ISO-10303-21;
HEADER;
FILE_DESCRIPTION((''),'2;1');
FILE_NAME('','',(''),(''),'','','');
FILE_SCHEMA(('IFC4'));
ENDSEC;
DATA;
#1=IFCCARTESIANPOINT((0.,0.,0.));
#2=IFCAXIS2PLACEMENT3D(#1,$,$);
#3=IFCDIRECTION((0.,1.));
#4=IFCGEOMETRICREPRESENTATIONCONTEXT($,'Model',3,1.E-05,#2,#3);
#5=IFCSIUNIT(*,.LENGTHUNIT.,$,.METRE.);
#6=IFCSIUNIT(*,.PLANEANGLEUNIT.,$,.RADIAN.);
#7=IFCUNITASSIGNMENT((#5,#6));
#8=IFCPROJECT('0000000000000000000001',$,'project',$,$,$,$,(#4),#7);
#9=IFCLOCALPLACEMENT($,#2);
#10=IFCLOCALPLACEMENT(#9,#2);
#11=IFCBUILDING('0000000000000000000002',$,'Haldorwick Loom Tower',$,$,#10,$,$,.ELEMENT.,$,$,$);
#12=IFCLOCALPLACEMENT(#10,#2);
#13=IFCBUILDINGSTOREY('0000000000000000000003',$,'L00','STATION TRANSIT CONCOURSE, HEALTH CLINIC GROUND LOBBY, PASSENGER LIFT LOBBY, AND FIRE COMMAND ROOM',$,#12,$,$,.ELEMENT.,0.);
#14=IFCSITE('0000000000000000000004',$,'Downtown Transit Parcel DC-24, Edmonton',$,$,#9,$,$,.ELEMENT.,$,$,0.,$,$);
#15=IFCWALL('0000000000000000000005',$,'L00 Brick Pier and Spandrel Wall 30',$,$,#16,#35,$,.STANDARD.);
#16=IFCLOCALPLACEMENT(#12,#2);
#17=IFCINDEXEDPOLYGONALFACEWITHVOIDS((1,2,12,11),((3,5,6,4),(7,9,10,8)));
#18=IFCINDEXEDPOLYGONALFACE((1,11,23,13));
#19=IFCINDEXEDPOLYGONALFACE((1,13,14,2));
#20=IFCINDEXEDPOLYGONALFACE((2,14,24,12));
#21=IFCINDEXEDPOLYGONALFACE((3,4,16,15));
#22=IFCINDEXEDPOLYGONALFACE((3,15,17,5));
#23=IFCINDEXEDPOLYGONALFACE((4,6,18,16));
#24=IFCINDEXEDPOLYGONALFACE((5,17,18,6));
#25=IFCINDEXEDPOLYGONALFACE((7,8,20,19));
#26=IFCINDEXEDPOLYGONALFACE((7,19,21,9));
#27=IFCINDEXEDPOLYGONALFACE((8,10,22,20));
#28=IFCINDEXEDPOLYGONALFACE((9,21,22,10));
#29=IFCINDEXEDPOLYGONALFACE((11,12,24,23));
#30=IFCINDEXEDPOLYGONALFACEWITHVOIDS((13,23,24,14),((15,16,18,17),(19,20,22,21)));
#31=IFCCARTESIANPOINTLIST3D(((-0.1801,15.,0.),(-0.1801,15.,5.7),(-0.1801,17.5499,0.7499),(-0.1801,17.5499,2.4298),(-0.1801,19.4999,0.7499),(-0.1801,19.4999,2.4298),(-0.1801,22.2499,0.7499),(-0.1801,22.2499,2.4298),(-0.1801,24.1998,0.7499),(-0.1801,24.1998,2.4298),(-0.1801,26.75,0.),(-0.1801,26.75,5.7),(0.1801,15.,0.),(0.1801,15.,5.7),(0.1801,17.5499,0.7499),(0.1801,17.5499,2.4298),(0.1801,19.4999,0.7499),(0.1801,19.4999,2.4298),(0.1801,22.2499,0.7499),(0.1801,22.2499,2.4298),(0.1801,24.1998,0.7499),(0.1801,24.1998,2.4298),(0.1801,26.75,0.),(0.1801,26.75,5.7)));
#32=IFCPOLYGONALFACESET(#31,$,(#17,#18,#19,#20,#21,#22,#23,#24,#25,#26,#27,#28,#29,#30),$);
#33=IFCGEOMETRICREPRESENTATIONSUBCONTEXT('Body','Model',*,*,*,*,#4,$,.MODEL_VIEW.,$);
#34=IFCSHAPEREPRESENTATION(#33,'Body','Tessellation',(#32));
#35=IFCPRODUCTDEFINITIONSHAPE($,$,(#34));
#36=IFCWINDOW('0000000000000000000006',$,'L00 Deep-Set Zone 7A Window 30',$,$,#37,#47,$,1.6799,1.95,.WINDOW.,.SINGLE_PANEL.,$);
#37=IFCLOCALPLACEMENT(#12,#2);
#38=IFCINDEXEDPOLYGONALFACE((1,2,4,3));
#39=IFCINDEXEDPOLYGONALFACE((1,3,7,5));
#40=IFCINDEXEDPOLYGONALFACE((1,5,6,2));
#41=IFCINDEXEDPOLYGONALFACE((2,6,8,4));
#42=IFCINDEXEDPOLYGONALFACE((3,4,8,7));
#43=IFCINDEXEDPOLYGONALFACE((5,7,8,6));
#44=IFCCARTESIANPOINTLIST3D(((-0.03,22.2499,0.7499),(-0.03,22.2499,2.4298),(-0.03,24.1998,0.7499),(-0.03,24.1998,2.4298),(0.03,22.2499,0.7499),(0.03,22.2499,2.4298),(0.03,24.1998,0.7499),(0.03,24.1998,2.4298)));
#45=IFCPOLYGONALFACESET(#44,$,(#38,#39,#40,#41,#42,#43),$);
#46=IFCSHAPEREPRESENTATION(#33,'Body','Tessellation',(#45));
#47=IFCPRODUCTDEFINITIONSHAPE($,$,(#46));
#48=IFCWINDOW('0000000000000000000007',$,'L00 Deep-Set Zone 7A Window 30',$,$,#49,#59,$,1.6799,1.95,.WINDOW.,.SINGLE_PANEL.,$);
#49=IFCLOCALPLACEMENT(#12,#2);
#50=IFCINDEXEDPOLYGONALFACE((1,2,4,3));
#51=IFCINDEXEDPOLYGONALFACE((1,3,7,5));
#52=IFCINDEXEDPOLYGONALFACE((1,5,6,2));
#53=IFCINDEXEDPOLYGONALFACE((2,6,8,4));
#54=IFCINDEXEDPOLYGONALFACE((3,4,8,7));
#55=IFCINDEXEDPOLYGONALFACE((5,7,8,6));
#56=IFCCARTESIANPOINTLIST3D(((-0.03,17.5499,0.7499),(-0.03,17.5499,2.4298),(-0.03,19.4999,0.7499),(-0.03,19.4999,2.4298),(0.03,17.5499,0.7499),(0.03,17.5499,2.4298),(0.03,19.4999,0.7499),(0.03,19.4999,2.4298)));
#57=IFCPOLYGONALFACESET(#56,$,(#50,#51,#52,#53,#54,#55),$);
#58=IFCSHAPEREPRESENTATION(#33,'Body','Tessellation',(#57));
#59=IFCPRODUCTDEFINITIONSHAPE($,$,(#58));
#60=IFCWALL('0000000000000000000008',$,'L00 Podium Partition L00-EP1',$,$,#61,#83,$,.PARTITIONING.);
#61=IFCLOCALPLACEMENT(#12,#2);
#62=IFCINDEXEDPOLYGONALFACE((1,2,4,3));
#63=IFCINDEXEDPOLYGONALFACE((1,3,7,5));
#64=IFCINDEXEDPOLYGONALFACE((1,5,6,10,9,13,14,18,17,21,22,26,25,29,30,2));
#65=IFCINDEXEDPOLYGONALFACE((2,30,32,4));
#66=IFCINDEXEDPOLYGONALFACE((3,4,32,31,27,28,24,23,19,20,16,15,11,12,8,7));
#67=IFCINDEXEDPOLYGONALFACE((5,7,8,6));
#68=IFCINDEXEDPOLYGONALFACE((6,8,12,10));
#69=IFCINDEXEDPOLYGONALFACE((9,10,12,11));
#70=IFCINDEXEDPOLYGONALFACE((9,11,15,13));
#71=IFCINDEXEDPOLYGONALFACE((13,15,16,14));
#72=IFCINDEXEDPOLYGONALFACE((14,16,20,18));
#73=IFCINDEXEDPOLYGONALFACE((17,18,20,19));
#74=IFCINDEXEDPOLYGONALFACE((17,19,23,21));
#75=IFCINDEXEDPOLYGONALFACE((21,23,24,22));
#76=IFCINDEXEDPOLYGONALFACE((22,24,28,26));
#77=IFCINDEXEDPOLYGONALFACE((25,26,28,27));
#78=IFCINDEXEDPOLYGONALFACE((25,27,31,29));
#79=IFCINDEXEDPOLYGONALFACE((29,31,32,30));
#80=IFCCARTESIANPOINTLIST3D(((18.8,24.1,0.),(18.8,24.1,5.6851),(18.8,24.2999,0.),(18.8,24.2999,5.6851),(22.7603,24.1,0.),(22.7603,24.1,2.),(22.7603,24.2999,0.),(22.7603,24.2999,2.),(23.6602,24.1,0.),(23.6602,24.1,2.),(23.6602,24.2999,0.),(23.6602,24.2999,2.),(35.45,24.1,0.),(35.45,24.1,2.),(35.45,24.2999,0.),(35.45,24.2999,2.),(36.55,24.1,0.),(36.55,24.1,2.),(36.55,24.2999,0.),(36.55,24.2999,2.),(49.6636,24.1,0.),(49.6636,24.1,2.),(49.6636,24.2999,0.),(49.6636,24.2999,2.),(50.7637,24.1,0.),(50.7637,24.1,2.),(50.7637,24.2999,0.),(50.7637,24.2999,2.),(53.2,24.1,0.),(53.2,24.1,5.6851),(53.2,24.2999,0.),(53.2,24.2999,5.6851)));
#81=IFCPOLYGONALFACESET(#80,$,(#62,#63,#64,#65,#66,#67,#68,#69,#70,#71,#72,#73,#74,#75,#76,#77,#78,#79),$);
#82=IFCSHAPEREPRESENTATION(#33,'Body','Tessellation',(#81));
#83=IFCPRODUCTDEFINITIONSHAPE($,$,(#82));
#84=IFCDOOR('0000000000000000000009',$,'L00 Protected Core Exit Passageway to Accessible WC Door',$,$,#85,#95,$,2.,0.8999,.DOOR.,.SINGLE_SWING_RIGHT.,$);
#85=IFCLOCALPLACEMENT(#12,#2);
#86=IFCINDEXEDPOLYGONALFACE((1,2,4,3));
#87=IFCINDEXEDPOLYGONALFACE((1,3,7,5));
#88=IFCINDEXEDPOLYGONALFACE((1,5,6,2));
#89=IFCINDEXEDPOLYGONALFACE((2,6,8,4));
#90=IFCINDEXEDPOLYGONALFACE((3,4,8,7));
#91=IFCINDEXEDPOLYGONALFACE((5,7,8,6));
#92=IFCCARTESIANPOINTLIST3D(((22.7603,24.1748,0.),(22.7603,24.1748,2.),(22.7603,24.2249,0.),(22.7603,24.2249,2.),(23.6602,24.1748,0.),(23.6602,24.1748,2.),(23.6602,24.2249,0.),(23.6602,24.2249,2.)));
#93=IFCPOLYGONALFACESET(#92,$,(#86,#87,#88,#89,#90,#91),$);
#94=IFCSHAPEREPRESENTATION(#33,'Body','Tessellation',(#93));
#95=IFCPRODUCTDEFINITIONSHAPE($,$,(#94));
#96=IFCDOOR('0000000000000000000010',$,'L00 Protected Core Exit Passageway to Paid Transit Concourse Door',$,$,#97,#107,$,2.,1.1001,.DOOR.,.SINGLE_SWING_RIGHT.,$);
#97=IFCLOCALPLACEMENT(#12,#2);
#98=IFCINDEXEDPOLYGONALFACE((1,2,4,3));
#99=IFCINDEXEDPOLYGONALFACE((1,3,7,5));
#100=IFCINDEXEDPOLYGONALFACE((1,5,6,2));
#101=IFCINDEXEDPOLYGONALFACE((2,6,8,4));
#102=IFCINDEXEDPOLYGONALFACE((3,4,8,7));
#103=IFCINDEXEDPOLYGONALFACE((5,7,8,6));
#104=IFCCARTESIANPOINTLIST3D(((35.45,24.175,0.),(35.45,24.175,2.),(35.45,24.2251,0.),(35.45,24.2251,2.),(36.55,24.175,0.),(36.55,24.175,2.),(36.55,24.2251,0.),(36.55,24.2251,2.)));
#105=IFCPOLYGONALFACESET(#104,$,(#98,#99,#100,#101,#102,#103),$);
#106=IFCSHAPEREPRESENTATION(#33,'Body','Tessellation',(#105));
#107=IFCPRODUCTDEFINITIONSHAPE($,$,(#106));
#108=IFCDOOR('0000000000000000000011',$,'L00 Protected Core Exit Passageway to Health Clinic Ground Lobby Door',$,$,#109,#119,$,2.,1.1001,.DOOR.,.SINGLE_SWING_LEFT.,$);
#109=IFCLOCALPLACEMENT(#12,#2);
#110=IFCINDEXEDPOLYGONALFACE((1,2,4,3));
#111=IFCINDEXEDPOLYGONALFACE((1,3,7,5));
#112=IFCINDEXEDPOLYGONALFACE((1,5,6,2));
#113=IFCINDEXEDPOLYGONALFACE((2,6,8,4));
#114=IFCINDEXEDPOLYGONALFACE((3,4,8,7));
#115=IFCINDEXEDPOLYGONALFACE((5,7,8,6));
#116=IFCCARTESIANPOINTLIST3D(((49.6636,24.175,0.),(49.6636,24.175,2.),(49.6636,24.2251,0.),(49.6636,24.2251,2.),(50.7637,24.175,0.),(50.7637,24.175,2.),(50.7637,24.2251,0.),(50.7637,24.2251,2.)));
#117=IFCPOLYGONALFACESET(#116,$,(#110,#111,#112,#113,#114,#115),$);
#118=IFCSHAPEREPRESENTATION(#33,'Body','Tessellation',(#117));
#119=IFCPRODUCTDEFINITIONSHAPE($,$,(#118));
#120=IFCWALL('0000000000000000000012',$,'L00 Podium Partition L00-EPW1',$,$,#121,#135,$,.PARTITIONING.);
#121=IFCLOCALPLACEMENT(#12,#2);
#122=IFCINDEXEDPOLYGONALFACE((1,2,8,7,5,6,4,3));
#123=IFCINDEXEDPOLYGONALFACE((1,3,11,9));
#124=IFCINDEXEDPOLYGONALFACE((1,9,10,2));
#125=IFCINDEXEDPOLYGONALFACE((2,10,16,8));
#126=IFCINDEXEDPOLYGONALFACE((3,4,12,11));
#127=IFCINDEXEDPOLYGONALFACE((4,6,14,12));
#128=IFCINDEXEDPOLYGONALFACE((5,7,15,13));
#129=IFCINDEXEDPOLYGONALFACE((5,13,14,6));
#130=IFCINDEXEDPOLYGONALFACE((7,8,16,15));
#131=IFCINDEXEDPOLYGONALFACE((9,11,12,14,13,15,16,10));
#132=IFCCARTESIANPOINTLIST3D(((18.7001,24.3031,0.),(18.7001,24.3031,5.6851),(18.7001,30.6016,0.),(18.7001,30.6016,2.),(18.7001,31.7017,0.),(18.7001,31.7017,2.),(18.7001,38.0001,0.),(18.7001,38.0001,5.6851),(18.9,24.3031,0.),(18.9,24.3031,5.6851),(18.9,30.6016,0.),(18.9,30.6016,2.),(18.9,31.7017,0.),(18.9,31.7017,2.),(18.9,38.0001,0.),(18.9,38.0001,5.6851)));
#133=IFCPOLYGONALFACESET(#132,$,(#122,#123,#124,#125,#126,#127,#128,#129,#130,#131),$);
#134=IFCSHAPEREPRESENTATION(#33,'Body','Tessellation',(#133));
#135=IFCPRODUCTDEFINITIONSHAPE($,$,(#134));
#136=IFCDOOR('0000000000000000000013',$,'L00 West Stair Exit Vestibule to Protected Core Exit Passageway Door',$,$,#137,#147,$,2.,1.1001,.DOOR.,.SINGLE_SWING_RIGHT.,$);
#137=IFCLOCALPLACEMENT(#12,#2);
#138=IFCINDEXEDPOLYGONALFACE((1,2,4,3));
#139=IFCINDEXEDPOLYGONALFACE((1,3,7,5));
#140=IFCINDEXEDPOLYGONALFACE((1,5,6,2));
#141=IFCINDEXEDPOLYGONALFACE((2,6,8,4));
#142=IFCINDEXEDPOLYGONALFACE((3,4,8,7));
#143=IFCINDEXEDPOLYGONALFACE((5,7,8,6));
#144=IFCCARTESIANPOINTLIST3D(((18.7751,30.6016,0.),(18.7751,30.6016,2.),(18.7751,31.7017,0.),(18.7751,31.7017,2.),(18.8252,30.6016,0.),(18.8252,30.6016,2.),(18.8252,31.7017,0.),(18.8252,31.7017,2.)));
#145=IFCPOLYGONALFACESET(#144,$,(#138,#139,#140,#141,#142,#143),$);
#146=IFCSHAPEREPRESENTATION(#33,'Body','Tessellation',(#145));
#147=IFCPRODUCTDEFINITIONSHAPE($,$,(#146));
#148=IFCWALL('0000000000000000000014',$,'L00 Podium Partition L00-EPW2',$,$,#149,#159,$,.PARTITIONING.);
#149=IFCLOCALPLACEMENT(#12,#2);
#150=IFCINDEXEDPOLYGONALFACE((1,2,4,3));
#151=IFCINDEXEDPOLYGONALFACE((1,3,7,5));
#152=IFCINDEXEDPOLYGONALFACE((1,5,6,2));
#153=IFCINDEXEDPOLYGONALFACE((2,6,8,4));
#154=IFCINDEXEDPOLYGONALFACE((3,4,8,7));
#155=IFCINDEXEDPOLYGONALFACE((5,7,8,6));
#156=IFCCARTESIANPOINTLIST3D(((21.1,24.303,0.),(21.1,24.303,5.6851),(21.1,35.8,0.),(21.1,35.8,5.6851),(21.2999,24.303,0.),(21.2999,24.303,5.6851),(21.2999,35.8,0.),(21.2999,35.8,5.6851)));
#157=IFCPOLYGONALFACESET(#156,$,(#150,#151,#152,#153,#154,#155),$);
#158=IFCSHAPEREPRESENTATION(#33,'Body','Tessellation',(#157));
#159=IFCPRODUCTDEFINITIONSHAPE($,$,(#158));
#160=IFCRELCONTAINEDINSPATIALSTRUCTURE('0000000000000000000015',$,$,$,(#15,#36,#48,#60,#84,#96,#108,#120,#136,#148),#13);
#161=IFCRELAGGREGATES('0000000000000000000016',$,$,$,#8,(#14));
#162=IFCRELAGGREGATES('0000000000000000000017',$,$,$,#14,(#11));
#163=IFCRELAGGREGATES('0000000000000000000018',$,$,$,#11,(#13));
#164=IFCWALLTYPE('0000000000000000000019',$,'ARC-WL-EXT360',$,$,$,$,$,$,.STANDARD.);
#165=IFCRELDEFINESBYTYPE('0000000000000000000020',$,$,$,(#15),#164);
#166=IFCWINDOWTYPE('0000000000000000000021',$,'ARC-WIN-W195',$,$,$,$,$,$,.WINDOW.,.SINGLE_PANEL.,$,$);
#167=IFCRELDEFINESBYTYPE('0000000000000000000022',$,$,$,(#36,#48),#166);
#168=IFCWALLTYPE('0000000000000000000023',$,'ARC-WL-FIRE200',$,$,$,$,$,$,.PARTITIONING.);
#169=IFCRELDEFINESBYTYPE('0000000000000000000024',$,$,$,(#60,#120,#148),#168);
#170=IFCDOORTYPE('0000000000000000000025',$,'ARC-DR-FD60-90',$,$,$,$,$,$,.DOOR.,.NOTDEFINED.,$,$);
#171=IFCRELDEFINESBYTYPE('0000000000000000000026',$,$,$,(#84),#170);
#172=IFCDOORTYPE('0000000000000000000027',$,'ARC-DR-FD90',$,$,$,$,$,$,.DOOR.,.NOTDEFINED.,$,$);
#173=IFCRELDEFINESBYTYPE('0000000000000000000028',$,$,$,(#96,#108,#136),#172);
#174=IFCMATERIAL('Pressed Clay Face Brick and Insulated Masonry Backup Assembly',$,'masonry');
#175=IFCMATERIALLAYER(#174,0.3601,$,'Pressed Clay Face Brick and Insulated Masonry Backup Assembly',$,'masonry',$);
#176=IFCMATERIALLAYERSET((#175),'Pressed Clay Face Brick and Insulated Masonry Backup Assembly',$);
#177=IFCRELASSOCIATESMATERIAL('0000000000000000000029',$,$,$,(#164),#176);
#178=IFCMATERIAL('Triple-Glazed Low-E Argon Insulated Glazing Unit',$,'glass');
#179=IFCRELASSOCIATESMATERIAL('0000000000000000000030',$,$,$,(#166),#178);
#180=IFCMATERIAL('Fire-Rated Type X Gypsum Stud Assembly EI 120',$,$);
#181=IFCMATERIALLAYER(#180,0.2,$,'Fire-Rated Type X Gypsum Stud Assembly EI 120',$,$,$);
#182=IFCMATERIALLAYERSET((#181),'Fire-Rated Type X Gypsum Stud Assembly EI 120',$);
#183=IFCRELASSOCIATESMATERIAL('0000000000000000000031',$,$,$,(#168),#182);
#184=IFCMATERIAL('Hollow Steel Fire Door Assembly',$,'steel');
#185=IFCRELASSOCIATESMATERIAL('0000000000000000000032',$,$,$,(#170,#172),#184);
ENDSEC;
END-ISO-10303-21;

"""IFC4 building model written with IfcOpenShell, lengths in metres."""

from ifc_helpers import new_model, si_unit, direction, frame, frame_2d, origin, place, context, subcontext, project, spatial, rectangle, extrude, material, layer, layer_set, type_object, element, fill, save


model = new_model("IFC4")

# Units and contexts
model_context = context("Model", 3, precision=1e-05, world=origin(), true_north=direction((0.0, 1.0)))
body_context = subcontext(model_context, "Body", "Model", "MODEL_VIEW")
ifc_project = project(units=[si_unit("LENGTHUNIT", "METRE"), si_unit("PLANEANGLEUNIT", "RADIAN")], contexts=[model_context])

# Site, building, storey
site_placement = place(None, origin())
site = spatial("IfcSite", under=ifc_project, at=site_placement, Name="Downtown Transit Parcel DC-24, Edmonton", CompositionType="ELEMENT", RefElevation=0.0)
building_placement = place(site_placement, origin())
building = spatial("IfcBuilding", under=site, at=building_placement, Name="Haldorwick Loom Tower", CompositionType="ELEMENT")
storey_placement = place(building_placement, origin())
storey = spatial("IfcBuildingStorey", under=building, at=storey_placement, Name="L00", Description="STATION TRANSIT CONCOURSE, HEALTH CLINIC GROUND LOBBY, PASSENGER LIFT LOBBY, AND FIRE COMMAND ROOM", CompositionType="ELEMENT", Elevation=0.0)

# Wall, openings, windows
ifc_material_1 = material(Name="Pressed Clay Face Brick and Insulated Masonry Backup Assembly", Category="masonry")
ifc_layer_1 = layer(ifc_material_1, 0.3601, Name="Pressed Clay Face Brick and Insulated Masonry Backup Assembly", Category="masonry")
ifc_layer_set_1 = layer_set([ifc_layer_1], Name="Pressed Clay Face Brick and Insulated Masonry Backup Assembly")
wall_type_1 = type_object("IfcWallType", Name="ARC-WL-EXT360", PredefinedType="STANDARD", material=ifc_layer_set_1)
ifc_material_2 = material(Name="Triple-Glazed Low-E Argon Insulated Glazing Unit", Category="glass")
window_type = type_object("IfcWindowType", Name="ARC-WIN-W195", PartitioningType="SINGLE_PANEL", PredefinedType="WINDOW", material=ifc_material_2)
wall_1_placement = place(storey_placement, frame((0.0, 26.75, 0.0), z_axis=(0.0, 0.0, 1.0), x_axis=(0.0, -1.0, 0.0)))
wall_1 = element("IfcWall", 1, at=wall_1_placement, inside=storey, type_object=wall_type_1, Name="L00 Brick Pier and Spandrel Wall 30", PredefinedType="STANDARD", context=body_context, shape_type="SweptSolid", body=[
    extrude(rectangle(XDim=11.75, YDim=0.3601, at=frame_2d((5.875, 0.0))), origin(), (0.0, 0.0, 1.0), 5.7),
])
opening_1_placement = place(wall_1_placement, frame((2.55, 0.0, 0.75)))
opening_1 = element("IfcOpeningElement", 2, at=opening_1_placement, cuts=wall_1, PredefinedType="OPENING", context=body_context, shape_type="SweptSolid", body=[
    extrude(rectangle(XDim=1.95, YDim=1.6799, at=frame_2d((0.9751, 0.8398))), frame((0.0, 0.1899, 0.0), z_axis=(0.0, -1.0, 0.0), x_axis=(1.0, 0.0, 0.0)), (0.0, 0.0, 1.0), 0.3801),
])
opening_2_placement = place(wall_1_placement, frame((7.25, 0.0, 0.75)))
opening_2 = element("IfcOpeningElement", 3, at=opening_2_placement, cuts=wall_1, PredefinedType="OPENING", context=body_context, shape_type="SweptSolid", body=[
    extrude(rectangle(XDim=1.95, YDim=1.6799, at=frame_2d((0.9751, 0.8398))), frame((0.0, 0.1899, 0.0), z_axis=(0.0, -1.0, 0.0), x_axis=(1.0, 0.0, 0.0)), (0.0, 0.0, 1.0), 0.3801),
])
window_1_placement = place(opening_1_placement, origin())
window_1 = element("IfcWindow", 4, at=window_1_placement, inside=storey, type_object=window_type, Name="L00 Deep-Set Zone 7A Window 30", OverallHeight=1.6799, OverallWidth=1.95, PartitioningType="SINGLE_PANEL", PredefinedType="WINDOW", context=body_context, shape_type="SweptSolid", body=[
    extrude(rectangle(XDim=1.95, YDim=1.6799, at=frame_2d((0.9751, 0.8398))), frame((0.0, 0.03, 0.0), z_axis=(0.0, -1.0, 0.0), x_axis=(1.0, 0.0, 0.0)), (0.0, 0.0, 1.0), 0.0601),
])
fill(opening_1, window_1)
window_2_placement = place(opening_2_placement, origin())
window_2 = element("IfcWindow", 5, at=window_2_placement, inside=storey, type_object=window_type, Name="L00 Deep-Set Zone 7A Window 30", OverallHeight=1.6799, OverallWidth=1.95, PartitioningType="SINGLE_PANEL", PredefinedType="WINDOW", context=body_context, shape_type="SweptSolid", body=[
    extrude(rectangle(XDim=1.95, YDim=1.6799, at=frame_2d((0.9751, 0.8398))), frame((0.0, 0.03, 0.0), z_axis=(0.0, -1.0, 0.0), x_axis=(1.0, 0.0, 0.0)), (0.0, 0.0, 1.0), 0.0601),
])
fill(opening_2, window_2)

# Wall, openings, doors
ifc_material_3 = material(Name="Fire-Rated Type X Gypsum Stud Assembly EI 120")
ifc_layer_2 = layer(ifc_material_3, 0.2, Name="Fire-Rated Type X Gypsum Stud Assembly EI 120")
ifc_layer_set_2 = layer_set([ifc_layer_2], Name="Fire-Rated Type X Gypsum Stud Assembly EI 120")
wall_type_2 = type_object("IfcWallType", Name="ARC-WL-FIRE200", PredefinedType="PARTITIONING", material=ifc_layer_set_2)
wall_2_placement = place(storey_placement, frame((18.8, 24.2, 0.0), z_axis=(0.0, 0.0, 1.0), x_axis=(1.0, 0.0, 0.0)))
wall_2 = element("IfcWall", 6, at=wall_2_placement, inside=storey, type_object=wall_type_2, Name="L00 Podium Partition L00-EP1", PredefinedType="PARTITIONING", context=body_context, shape_type="SweptSolid", body=[
    extrude(rectangle(XDim=34.3999, YDim=0.2, at=frame_2d((17.2, 0.0))), origin(), (0.0, 0.0, 1.0), 5.6851),
])
opening_3_placement = place(wall_2_placement, frame((16.6499, 0.0, 0.0)))
opening_3 = element("IfcOpeningElement", 7, at=opening_3_placement, cuts=wall_2, PredefinedType="OPENING", context=body_context, shape_type="SweptSolid", body=[
    extrude(rectangle(XDim=1.1001, YDim=2.0, at=frame_2d((0.55, 1.0))), frame((0.0, 0.1099, 0.0), z_axis=(0.0, -1.0, 0.0), x_axis=(1.0, 0.0, 0.0)), (0.0, 0.0, 1.0), 0.22),
])
opening_4_placement = place(wall_2_placement, frame((30.8635, 0.0, 0.0)))
opening_4 = element("IfcOpeningElement", 8, at=opening_4_placement, cuts=wall_2, PredefinedType="OPENING", context=body_context, shape_type="SweptSolid", body=[
    extrude(rectangle(XDim=1.1001, YDim=2.0, at=frame_2d((0.55, 1.0))), frame((0.0, 0.1099, 0.0), z_axis=(0.0, -1.0, 0.0), x_axis=(1.0, 0.0, 0.0)), (0.0, 0.0, 1.0), 0.22),
])
opening_5_placement = place(wall_2_placement, frame((3.9602, 0.0, 0.0)))
opening_5 = element("IfcOpeningElement", 9, at=opening_5_placement, cuts=wall_2, PredefinedType="OPENING", context=body_context, shape_type="SweptSolid", body=[
    extrude(rectangle(XDim=0.8999, YDim=2.0, at=frame_2d((0.45, 1.0))), frame((0.0, 0.1099, 0.0), z_axis=(0.0, -1.0, 0.0), x_axis=(1.0, 0.0, 0.0)), (0.0, 0.0, 1.0), 0.22),
])
ifc_material_4 = material(Name="Hollow Steel Fire Door Assembly", Category="steel")
door_type_1 = type_object("IfcDoorType", Name="ARC-DR-FD60-90", OperationType="NOTDEFINED", PredefinedType="DOOR", material=ifc_material_4)
door_1_placement = place(opening_5_placement, origin())
door_1 = element("IfcDoor", 10, at=door_1_placement, inside=storey, type_object=door_type_1, Name="L00 Protected Core Exit Passageway to Accessible WC Door", OperationType="SINGLE_SWING_RIGHT", OverallHeight=2.0, OverallWidth=0.8999, PredefinedType="DOOR", context=body_context, shape_type="SweptSolid", body=[
    extrude(rectangle(XDim=0.8999, YDim=2.0, at=frame_2d((0.45, 1.0))), frame((0.0, 0.0249, 0.0), z_axis=(0.0, -1.0, 0.0), x_axis=(1.0, 0.0, 0.0)), (0.0, 0.0, 1.0), 0.05),
])
fill(opening_5, door_1)
door_type_2 = type_object("IfcDoorType", Name="ARC-DR-FD90", OperationType="NOTDEFINED", PredefinedType="DOOR", material=ifc_material_4)
door_2_placement = place(opening_3_placement, frame((1.1001, 0.0, 0.0), z_axis=(0.0, 0.0, 1.0), x_axis=(-1.0, 0.0, 0.0)))
door_2 = element("IfcDoor", 11, at=door_2_placement, inside=storey, type_object=door_type_2, Name="L00 Protected Core Exit Passageway to Paid Transit Concourse Door", OperationType="SINGLE_SWING_RIGHT", OverallHeight=2.0, OverallWidth=1.1001, PredefinedType="DOOR", context=body_context, shape_type="SweptSolid", body=[
    extrude(rectangle(XDim=1.1001, YDim=2.0, at=frame_2d((0.55, 1.0))), frame((0.0, 0.0249, 0.0), z_axis=(0.0, -1.0, 0.0), x_axis=(1.0, 0.0, 0.0)), (0.0, 0.0, 1.0), 0.05),
])
fill(opening_3, door_2)
door_3_placement = place(opening_4_placement, frame((1.1001, 0.0, 0.0), z_axis=(0.0, 0.0, 1.0), x_axis=(-1.0, 0.0, 0.0)))
door_3 = element("IfcDoor", 12, at=door_3_placement, inside=storey, type_object=door_type_2, Name="L00 Protected Core Exit Passageway to Health Clinic Ground Lobby Door", OperationType="SINGLE_SWING_LEFT", OverallHeight=2.0, OverallWidth=1.1001, PredefinedType="DOOR", context=body_context, shape_type="SweptSolid", body=[
    extrude(rectangle(XDim=1.1001, YDim=2.0, at=frame_2d((0.55, 1.0))), frame((0.0, 0.0249, 0.0), z_axis=(0.0, -1.0, 0.0), x_axis=(1.0, 0.0, 0.0)), (0.0, 0.0, 1.0), 0.05),
])
fill(opening_4, door_3)

# Wall, opening, door
wall_3_placement = place(storey_placement, frame((18.8, 24.303, 0.0), z_axis=(0.0, 0.0, 1.0), x_axis=(0.0, 1.0, 0.0)))
wall_3 = element("IfcWall", 13, at=wall_3_placement, inside=storey, type_object=wall_type_2, Name="L00 Podium Partition L00-EPW1", PredefinedType="PARTITIONING", context=body_context, shape_type="SweptSolid", body=[
    extrude(rectangle(XDim=13.697, YDim=0.2, at=frame_2d((6.8486, 0.0))), origin(), (0.0, 0.0, 1.0), 5.6851),
])
opening_6_placement = place(wall_3_placement, frame((6.2986, 0.0, 0.0)))
opening_6 = element("IfcOpeningElement", 14, at=opening_6_placement, cuts=wall_3, PredefinedType="OPENING", context=body_context, shape_type="SweptSolid", body=[
    extrude(rectangle(XDim=1.1001, YDim=2.0, at=frame_2d((0.55, 1.0))), frame((0.0, 0.1099, 0.0), z_axis=(0.0, -1.0, 0.0), x_axis=(1.0, 0.0, 0.0)), (0.0, 0.0, 1.0), 0.22),
])
door_4_placement = place(opening_6_placement, origin())
door_4 = element("IfcDoor", 15, at=door_4_placement, inside=storey, type_object=door_type_2, Name="L00 West Stair Exit Vestibule to Protected Core Exit Passageway Door", OperationType="SINGLE_SWING_RIGHT", OverallHeight=2.0, OverallWidth=1.1001, PredefinedType="DOOR", context=body_context, shape_type="SweptSolid", body=[
    extrude(rectangle(XDim=1.1001, YDim=2.0, at=frame_2d((0.55, 1.0))), frame((0.0, 0.0249, 0.0), z_axis=(0.0, -1.0, 0.0), x_axis=(1.0, 0.0, 0.0)), (0.0, 0.0, 1.0), 0.05),
])
fill(opening_6, door_4)

# Wall
wall_4_placement = place(storey_placement, frame((21.2, 24.303, 0.0), z_axis=(0.0, 0.0, 1.0), x_axis=(0.0, 1.0, 0.0)))
element("IfcWall", 16, at=wall_4_placement, inside=storey, type_object=wall_type_2, Name="L00 Podium Partition L00-EPW2", PredefinedType="PARTITIONING", context=body_context, shape_type="SweptSolid", body=[
    extrude(rectangle(XDim=11.4971, YDim=0.2, at=frame_2d((5.7485, 0.0))), origin(), (0.0, 0.0, 1.0), 5.6851),
])

save(model, "model.ifc")
